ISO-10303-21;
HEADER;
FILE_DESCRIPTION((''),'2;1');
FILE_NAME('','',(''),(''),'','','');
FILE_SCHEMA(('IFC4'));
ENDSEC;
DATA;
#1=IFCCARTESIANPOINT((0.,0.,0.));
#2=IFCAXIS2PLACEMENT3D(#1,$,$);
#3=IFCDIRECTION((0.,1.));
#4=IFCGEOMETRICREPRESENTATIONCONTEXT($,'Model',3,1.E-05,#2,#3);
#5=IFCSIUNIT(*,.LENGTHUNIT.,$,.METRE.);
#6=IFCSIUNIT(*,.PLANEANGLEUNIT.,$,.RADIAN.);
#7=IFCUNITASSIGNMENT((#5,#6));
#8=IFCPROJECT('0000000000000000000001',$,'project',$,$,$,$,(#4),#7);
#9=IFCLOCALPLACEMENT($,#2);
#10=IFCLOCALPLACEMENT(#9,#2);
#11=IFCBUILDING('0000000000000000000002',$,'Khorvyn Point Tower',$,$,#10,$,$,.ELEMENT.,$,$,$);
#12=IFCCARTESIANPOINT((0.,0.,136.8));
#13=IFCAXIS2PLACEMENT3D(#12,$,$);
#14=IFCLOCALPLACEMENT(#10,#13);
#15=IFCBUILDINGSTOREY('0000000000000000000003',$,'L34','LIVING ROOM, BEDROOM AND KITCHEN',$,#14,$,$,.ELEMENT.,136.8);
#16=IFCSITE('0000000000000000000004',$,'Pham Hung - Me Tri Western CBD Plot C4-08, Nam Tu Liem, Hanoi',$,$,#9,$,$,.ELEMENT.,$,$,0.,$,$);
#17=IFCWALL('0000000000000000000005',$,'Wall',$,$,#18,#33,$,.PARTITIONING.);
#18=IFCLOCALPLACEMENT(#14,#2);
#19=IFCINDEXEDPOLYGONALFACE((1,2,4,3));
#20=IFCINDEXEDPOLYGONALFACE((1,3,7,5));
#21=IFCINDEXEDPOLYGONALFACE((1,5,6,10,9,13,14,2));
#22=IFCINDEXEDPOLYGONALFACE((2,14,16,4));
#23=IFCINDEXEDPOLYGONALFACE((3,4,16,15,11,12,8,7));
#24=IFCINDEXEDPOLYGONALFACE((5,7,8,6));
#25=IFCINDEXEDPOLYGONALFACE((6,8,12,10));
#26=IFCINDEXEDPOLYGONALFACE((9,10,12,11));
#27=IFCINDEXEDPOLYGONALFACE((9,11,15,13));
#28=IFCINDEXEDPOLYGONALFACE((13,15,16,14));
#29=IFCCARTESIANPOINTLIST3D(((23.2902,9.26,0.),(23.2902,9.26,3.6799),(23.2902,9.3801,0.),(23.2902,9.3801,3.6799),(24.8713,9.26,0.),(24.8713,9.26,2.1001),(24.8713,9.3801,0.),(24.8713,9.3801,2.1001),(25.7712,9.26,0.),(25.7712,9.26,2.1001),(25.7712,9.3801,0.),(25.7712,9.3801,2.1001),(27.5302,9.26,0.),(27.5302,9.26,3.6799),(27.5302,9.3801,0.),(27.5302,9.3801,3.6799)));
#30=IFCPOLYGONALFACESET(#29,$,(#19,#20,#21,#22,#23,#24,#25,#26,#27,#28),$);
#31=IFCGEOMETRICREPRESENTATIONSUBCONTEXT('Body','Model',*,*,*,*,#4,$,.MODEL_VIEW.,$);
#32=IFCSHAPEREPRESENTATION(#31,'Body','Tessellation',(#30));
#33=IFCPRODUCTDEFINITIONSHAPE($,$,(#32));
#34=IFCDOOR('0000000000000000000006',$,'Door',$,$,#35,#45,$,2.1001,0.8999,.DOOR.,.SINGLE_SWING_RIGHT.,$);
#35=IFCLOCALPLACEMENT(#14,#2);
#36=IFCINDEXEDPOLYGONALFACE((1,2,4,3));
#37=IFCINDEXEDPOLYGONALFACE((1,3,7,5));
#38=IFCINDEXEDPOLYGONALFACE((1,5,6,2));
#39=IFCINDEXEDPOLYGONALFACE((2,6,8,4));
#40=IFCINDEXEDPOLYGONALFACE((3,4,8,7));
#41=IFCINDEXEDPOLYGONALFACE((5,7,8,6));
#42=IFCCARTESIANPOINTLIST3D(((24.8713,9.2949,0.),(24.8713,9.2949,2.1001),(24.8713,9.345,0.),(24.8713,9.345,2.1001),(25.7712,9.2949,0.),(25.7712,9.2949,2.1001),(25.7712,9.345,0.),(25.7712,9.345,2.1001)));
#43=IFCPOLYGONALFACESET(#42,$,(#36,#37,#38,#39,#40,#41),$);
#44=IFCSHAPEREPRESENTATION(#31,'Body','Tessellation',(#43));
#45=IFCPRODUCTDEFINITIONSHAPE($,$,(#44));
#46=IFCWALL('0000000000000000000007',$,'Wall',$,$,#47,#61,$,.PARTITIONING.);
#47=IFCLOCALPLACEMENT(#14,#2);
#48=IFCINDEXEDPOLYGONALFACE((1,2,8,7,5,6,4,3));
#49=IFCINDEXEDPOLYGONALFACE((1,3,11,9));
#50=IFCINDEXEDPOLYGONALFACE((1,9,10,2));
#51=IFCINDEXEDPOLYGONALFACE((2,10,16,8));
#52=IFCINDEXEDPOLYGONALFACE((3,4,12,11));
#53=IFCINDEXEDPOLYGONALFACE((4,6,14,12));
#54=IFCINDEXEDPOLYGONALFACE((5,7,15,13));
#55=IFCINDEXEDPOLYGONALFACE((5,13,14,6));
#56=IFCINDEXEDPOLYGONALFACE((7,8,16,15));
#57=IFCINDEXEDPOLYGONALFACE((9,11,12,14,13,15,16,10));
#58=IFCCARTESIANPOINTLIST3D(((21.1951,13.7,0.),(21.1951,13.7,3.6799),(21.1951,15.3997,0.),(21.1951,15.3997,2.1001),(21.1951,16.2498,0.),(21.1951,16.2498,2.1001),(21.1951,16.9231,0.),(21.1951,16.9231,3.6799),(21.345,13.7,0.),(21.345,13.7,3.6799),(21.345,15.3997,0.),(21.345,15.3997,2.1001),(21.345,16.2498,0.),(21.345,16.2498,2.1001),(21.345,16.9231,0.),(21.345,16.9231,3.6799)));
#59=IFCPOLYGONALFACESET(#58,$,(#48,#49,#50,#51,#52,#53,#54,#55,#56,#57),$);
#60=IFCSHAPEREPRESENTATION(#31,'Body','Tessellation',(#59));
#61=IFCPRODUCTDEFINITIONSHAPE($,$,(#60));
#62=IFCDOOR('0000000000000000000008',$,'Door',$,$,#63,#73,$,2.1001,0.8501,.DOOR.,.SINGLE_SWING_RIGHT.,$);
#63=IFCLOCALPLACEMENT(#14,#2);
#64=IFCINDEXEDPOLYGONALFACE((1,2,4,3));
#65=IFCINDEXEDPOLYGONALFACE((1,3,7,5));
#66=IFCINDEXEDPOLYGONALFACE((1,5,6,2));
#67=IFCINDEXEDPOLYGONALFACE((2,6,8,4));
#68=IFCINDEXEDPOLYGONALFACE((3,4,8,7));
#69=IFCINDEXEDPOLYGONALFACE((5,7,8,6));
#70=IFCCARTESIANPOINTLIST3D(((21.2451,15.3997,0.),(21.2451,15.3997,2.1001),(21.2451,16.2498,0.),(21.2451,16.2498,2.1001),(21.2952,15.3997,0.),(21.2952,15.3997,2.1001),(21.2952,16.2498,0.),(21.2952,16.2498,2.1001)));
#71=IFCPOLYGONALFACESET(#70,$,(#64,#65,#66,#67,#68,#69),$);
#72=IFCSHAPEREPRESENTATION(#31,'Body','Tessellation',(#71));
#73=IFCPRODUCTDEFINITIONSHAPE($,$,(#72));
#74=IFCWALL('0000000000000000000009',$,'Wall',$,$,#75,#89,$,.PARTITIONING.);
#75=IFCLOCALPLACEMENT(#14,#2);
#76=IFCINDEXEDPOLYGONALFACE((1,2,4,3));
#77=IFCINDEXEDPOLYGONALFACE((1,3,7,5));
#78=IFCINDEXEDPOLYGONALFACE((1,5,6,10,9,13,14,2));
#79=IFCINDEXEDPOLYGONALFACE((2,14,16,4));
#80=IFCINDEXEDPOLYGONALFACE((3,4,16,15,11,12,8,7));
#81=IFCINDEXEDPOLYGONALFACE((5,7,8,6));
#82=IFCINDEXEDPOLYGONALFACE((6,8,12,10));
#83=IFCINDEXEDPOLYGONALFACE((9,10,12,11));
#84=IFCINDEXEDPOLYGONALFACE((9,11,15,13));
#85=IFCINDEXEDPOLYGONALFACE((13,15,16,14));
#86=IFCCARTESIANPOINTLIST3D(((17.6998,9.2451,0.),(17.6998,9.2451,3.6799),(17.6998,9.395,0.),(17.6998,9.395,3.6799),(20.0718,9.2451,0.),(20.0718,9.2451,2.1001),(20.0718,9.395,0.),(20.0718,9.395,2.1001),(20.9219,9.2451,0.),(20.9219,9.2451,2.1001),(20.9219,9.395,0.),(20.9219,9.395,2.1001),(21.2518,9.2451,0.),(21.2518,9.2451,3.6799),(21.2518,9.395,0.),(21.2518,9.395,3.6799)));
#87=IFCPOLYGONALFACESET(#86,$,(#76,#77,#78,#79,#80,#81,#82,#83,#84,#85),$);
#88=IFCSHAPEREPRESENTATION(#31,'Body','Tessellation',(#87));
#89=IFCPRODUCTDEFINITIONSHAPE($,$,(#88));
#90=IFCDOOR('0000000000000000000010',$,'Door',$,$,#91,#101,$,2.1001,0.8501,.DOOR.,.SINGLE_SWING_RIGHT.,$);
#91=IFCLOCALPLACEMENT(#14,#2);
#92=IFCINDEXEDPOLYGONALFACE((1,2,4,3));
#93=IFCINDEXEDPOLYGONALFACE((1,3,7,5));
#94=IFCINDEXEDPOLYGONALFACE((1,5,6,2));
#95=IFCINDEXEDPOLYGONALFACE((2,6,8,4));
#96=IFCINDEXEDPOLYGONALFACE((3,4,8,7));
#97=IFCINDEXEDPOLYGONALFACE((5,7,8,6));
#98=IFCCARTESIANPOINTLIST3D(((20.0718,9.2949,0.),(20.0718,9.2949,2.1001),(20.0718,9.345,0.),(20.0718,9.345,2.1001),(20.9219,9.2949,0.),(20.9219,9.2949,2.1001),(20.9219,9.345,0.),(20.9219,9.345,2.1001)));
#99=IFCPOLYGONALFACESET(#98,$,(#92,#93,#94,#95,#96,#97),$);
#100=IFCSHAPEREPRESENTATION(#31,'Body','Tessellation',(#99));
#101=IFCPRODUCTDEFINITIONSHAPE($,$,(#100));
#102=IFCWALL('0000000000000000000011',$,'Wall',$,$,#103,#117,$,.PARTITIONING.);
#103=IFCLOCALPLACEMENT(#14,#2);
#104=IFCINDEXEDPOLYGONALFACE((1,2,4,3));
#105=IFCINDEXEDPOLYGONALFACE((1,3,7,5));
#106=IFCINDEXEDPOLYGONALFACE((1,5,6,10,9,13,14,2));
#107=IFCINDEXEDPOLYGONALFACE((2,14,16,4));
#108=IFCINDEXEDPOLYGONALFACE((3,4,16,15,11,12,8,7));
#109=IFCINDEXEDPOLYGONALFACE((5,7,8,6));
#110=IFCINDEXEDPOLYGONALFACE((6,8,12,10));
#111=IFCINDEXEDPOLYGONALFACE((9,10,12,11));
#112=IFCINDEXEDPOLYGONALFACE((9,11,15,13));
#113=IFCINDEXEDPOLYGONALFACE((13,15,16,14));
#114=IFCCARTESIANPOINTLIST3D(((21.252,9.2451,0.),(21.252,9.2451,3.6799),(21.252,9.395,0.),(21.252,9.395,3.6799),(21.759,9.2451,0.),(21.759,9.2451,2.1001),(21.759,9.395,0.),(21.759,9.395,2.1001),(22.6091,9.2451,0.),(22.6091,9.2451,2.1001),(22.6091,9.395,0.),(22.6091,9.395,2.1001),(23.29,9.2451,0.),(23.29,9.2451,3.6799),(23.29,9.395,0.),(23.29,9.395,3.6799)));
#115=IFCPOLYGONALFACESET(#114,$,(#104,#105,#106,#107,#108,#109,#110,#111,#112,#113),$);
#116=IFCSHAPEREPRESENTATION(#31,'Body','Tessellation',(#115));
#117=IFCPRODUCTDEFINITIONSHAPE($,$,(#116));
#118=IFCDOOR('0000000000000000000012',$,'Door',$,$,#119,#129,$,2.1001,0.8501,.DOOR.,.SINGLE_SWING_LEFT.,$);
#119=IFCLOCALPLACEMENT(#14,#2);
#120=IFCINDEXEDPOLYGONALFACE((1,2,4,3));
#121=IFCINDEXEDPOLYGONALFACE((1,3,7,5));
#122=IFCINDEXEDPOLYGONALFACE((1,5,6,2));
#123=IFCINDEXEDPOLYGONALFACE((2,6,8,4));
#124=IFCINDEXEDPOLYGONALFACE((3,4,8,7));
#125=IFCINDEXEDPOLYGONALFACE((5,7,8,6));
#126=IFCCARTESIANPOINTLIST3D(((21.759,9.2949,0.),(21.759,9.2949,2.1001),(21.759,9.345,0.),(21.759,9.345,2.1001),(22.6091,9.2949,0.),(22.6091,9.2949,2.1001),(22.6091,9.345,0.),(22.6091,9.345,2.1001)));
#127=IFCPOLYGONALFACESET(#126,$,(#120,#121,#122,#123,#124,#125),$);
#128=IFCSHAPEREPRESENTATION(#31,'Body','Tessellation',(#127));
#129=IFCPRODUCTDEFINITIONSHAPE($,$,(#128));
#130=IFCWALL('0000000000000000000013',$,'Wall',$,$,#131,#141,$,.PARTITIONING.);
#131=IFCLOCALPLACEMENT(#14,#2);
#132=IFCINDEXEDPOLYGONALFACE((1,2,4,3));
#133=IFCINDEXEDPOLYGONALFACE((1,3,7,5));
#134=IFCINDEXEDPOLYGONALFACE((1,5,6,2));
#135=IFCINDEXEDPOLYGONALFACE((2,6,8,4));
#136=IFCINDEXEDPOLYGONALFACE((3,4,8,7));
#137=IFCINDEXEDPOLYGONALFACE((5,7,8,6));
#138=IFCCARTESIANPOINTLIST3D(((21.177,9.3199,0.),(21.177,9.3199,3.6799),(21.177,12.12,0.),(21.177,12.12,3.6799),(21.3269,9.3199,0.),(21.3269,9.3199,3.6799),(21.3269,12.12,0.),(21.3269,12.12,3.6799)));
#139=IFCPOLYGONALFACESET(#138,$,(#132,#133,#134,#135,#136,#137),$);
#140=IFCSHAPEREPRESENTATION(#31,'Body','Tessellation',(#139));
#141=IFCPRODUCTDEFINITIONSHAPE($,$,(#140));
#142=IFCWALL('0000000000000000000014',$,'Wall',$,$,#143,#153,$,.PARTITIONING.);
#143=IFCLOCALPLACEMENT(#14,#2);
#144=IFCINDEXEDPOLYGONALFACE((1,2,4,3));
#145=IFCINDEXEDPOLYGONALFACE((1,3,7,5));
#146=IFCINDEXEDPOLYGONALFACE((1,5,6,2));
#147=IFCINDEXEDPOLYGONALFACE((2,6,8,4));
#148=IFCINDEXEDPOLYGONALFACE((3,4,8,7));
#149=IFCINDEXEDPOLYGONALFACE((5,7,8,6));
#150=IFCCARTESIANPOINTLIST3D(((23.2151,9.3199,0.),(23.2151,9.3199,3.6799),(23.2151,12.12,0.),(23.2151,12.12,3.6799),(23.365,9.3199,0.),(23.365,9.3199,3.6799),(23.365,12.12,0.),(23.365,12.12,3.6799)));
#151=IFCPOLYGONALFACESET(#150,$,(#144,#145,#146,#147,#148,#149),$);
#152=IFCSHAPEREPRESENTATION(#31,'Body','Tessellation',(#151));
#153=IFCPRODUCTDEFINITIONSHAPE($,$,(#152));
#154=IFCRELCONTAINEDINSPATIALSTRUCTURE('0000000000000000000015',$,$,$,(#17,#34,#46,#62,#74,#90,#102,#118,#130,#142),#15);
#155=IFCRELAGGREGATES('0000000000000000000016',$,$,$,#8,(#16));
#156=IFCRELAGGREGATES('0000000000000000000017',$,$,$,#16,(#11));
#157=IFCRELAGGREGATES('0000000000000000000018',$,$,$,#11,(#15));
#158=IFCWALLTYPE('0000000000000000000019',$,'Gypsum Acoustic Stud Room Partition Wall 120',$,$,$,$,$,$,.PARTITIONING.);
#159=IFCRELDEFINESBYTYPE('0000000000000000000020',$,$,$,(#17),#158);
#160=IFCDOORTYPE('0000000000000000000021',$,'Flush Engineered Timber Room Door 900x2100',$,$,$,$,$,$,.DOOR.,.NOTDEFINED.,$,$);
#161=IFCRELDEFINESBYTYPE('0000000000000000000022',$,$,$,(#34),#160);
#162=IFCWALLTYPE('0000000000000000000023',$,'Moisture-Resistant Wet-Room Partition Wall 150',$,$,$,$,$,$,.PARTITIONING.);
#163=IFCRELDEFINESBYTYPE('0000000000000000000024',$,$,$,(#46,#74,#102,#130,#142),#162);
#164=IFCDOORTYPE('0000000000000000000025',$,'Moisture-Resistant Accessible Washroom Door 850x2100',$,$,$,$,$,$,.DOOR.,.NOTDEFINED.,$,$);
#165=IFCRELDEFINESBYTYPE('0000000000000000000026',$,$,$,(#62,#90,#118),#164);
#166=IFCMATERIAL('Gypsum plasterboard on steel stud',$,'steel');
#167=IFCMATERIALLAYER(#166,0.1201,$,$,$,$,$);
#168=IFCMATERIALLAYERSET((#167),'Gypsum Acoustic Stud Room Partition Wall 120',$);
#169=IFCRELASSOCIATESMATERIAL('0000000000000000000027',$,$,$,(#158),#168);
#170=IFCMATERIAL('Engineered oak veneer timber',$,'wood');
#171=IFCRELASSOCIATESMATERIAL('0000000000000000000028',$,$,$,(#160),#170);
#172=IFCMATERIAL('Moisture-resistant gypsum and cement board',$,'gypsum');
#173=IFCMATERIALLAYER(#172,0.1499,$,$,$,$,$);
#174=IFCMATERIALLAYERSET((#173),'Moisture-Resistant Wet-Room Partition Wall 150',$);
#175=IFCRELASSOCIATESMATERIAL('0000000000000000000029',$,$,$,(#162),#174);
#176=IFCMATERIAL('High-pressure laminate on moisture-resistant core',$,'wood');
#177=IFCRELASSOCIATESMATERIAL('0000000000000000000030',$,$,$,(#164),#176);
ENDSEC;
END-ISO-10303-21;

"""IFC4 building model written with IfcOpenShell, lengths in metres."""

from ifc_helpers import new_model, si_unit, direction, frame, frame_2d, origin, place, context, subcontext, project, spatial, rectangle, extrude, material, layer, layer_set, type_object, element, fill, save


model = new_model("IFC4")

# Units and contexts
model_context = context("Model", 3, precision=1e-05, world=origin(), true_north=direction((0.0, 1.0)))
body_context = subcontext(model_context, "Body", "Model", "MODEL_VIEW")
ifc_project = project(units=[si_unit("LENGTHUNIT", "METRE"), si_unit("PLANEANGLEUNIT", "RADIAN")], contexts=[model_context])

# Site, building, storey
site_placement = place(None, origin())
site = spatial("IfcSite", under=ifc_project, at=site_placement, Name="Pham Hung - Me Tri Western CBD Plot C4-08, Nam Tu Liem, Hanoi", CompositionType="ELEMENT", RefElevation=0.0)
building_placement = place(site_placement, origin())
building = spatial("IfcBuilding", under=site, at=building_placement, Name="Khorvyn Point Tower", CompositionType="ELEMENT")
storey_placement = place(building_placement, frame((0.0, 0.0, 136.8)))
storey = spatial("IfcBuildingStorey", under=building, at=storey_placement, Name="L34", Description="LIVING ROOM, BEDROOM AND KITCHEN", CompositionType="ELEMENT", Elevation=136.8)

# Walls, openings, doors
ifc_material_1 = material(Name="Gypsum plasterboard on steel stud", Category="steel")
ifc_layer_1 = layer(ifc_material_1, 0.1201)
ifc_layer_set_1 = layer_set([ifc_layer_1], Name="Gypsum Acoustic Stud Room Partition Wall 120")
wall_type_1 = type_object("IfcWallType", Name="Gypsum Acoustic Stud Room Partition Wall 120", PredefinedType="PARTITIONING", material=ifc_layer_set_1)
wall_1_placement = place(storey_placement, frame((23.29, 9.3201, 0.0), z_axis=(0.0, 0.0, 1.0), x_axis=(1.0, 0.0, 0.0)))
wall_1 = element("IfcWall", 1, at=wall_1_placement, inside=storey, type_object=wall_type_1, Name="Wall", PredefinedType="PARTITIONING", context=body_context, shape_type="SweptSolid", body=[
    extrude(rectangle(XDim=4.24, YDim=0.1201, at=frame_2d((2.1201, 0.0))), origin(), (0.0, 0.0, 1.0), 3.6799),
])
opening_1_placement = place(wall_1_placement, frame((1.5813, 0.0, 0.0)))
opening_1 = element("IfcOpeningElement", 2, at=opening_1_placement, cuts=wall_1, PredefinedType="OPENING", context=body_context, shape_type="SweptSolid", body=[
    extrude(rectangle(XDim=0.8999, YDim=2.1001, at=frame_2d((0.45, 1.05))), frame((0.0, 0.0701, 0.0), z_axis=(0.0, -1.0, 0.0), x_axis=(1.0, 0.0, 0.0)), (0.0, 0.0, 1.0), 0.1401),
])
ifc_material_2 = material(Name="Engineered oak veneer timber", Category="wood")
door_type_1 = type_object("IfcDoorType", Name="Flush Engineered Timber Room Door 900x2100", OperationType="NOTDEFINED", PredefinedType="DOOR", material=ifc_material_2)
door_1_placement = place(opening_1_placement, origin())
door_1 = element("IfcDoor", 3, at=door_1_placement, inside=storey, type_object=door_type_1, Name="Door", OperationType="SINGLE_SWING_RIGHT", OverallHeight=2.1001, OverallWidth=0.8999, PredefinedType="DOOR", context=body_context, shape_type="SweptSolid", body=[
    extrude(rectangle(XDim=0.8999, YDim=2.1001, at=frame_2d((0.45, 1.05))), frame((0.0, 0.0249, 0.0), z_axis=(0.0, -1.0, 0.0), x_axis=(1.0, 0.0, 0.0)), (0.0, 0.0, 1.0), 0.05),
])
fill(opening_1, door_1)
ifc_material_3 = material(Name="Moisture-resistant gypsum and cement board", Category="gypsum")
ifc_layer_2 = layer(ifc_material_3, 0.1499)
ifc_layer_set_2 = layer_set([ifc_layer_2], Name="Moisture-Resistant Wet-Room Partition Wall 150")
wall_type_2 = type_object("IfcWallType", Name="Moisture-Resistant Wet-Room Partition Wall 150", PredefinedType="PARTITIONING", material=ifc_layer_set_2)
wall_2_placement = place(storey_placement, frame((21.27, 13.7, 0.0), z_axis=(0.0, 0.0, 1.0), x_axis=(0.0, 1.0, 0.0)))
wall_2 = element("IfcWall", 4, at=wall_2_placement, inside=storey, type_object=wall_type_2, Name="Wall", PredefinedType="PARTITIONING", context=body_context, shape_type="SweptSolid", body=[
    extrude(rectangle(XDim=3.2231, YDim=0.1499, at=frame_2d((1.6116, 0.0))), origin(), (0.0, 0.0, 1.0), 3.6799),
])
opening_2_placement = place(wall_2_placement, frame((1.6997, 0.0, 0.0)))
opening_2 = element("IfcOpeningElement", 5, at=opening_2_placement, cuts=wall_2, PredefinedType="OPENING", context=body_context, shape_type="SweptSolid", body=[
    extrude(rectangle(XDim=0.8501, YDim=2.1001, at=frame_2d((0.425, 1.05))), frame((0.0, 0.085, 0.0), z_axis=(0.0, -1.0, 0.0), x_axis=(1.0, 0.0, 0.0)), (0.0, 0.0, 1.0), 0.1699),
])
ifc_material_4 = material(Name="High-pressure laminate on moisture-resistant core", Category="wood")
door_type_2 = type_object("IfcDoorType", Name="Moisture-Resistant Accessible Washroom Door 850x2100", OperationType="NOTDEFINED", PredefinedType="DOOR", material=ifc_material_4)
door_2_placement = place(opening_2_placement, origin())
door_2 = element("IfcDoor", 6, at=door_2_placement, inside=storey, type_object=door_type_2, Name="Door", OperationType="SINGLE_SWING_RIGHT", OverallHeight=2.1001, OverallWidth=0.8501, PredefinedType="DOOR", context=body_context, shape_type="SweptSolid", body=[
    extrude(rectangle(XDim=0.8501, YDim=2.1001, at=frame_2d((0.425, 1.05))), frame((0.0, 0.0249, 0.0), z_axis=(0.0, -1.0, 0.0), x_axis=(1.0, 0.0, 0.0)), (0.0, 0.0, 1.0), 0.05),
])
fill(opening_2, door_2)
wall_3_placement = place(storey_placement, frame((17.7, 9.3201, 0.0), z_axis=(0.0, 0.0, 1.0), x_axis=(1.0, 0.0, 0.0)))
wall_3 = element("IfcWall", 7, at=wall_3_placement, inside=storey, type_object=wall_type_2, Name="Wall", PredefinedType="PARTITIONING", context=body_context, shape_type="SweptSolid", body=[
    extrude(rectangle(XDim=3.552, YDim=0.1499, at=frame_2d((1.7759, 0.0))), origin(), (0.0, 0.0, 1.0), 3.6799),
])
opening_3_placement = place(wall_3_placement, frame((2.3718, 0.0, 0.0)))
opening_3 = element("IfcOpeningElement", 8, at=opening_3_placement, cuts=wall_3, PredefinedType="OPENING", context=body_context, shape_type="SweptSolid", body=[
    extrude(rectangle(XDim=0.8501, YDim=2.1001, at=frame_2d((0.425, 1.05))), frame((0.0, 0.085, 0.0), z_axis=(0.0, -1.0, 0.0), x_axis=(1.0, 0.0, 0.0)), (0.0, 0.0, 1.0), 0.1699),
])
door_3_placement = place(opening_3_placement, origin())
door_3 = element("IfcDoor", 9, at=door_3_placement, inside=storey, type_object=door_type_2, Name="Door", OperationType="SINGLE_SWING_RIGHT", OverallHeight=2.1001, OverallWidth=0.8501, PredefinedType="DOOR", context=body_context, shape_type="SweptSolid", body=[
    extrude(rectangle(XDim=0.8501, YDim=2.1001, at=frame_2d((0.425, 1.05))), frame((0.0, 0.0249, 0.0), z_axis=(0.0, -1.0, 0.0), x_axis=(1.0, 0.0, 0.0)), (0.0, 0.0, 1.0), 0.05),
])
fill(opening_3, door_3)
wall_4_placement = place(storey_placement, frame((21.252, 9.3201, 0.0), z_axis=(0.0, 0.0, 1.0), x_axis=(1.0, 0.0, 0.0)))
wall_4 = element("IfcWall", 10, at=wall_4_placement, inside=storey, type_object=wall_type_2, Name="Wall", PredefinedType="PARTITIONING", context=body_context, shape_type="SweptSolid", body=[
    extrude(rectangle(XDim=2.0381, YDim=0.1499, at=frame_2d((1.019, 0.0))), origin(), (0.0, 0.0, 1.0), 3.6799),
])
opening_4_placement = place(wall_4_placement, frame((0.5071, 0.0, 0.0)))
opening_4 = element("IfcOpeningElement", 11, at=opening_4_placement, cuts=wall_4, PredefinedType="OPENING", context=body_context, shape_type="SweptSolid", body=[
    extrude(rectangle(XDim=0.8501, YDim=2.1001, at=frame_2d((0.425, 1.05))), frame((0.0, 0.085, 0.0), z_axis=(0.0, -1.0, 0.0), x_axis=(1.0, 0.0, 0.0)), (0.0, 0.0, 1.0), 0.1699),
])
door_4_placement = place(opening_4_placement, origin())
door_4 = element("IfcDoor", 12, at=door_4_placement, inside=storey, type_object=door_type_2, Name="Door", OperationType="SINGLE_SWING_LEFT", OverallHeight=2.1001, OverallWidth=0.8501, PredefinedType="DOOR", context=body_context, shape_type="SweptSolid", body=[
    extrude(rectangle(XDim=0.8501, YDim=2.1001, at=frame_2d((0.425, 1.05))), frame((0.0, 0.0249, 0.0), z_axis=(0.0, -1.0, 0.0), x_axis=(1.0, 0.0, 0.0)), (0.0, 0.0, 1.0), 0.05),
])
fill(opening_4, door_4)

# Walls
for number, where, z_axis, x_axis, name in (
    (13, (21.252, 9.3201, 0.0), (0.0, 0.0, 1.0), (0.0, 1.0, 0.0), "Wall"),
    (14, (23.29, 9.3201, 0.0), (0.0, 0.0, 1.0), (0.0, 1.0, 0.0), "Wall"),
):
    element("IfcWall", number, at=place(storey_placement, frame(where, z_axis=z_axis, x_axis=x_axis)), inside=storey, type_object=wall_type_2, Name=name, PredefinedType="PARTITIONING", context=body_context, shape_type="SweptSolid", body=[
        extrude(rectangle(XDim=2.8, YDim=0.1499, at=frame_2d((1.3999, 0.0))), origin(), (0.0, 0.0, 1.0), 3.6799),
    ])

save(model, "model.ifc")
